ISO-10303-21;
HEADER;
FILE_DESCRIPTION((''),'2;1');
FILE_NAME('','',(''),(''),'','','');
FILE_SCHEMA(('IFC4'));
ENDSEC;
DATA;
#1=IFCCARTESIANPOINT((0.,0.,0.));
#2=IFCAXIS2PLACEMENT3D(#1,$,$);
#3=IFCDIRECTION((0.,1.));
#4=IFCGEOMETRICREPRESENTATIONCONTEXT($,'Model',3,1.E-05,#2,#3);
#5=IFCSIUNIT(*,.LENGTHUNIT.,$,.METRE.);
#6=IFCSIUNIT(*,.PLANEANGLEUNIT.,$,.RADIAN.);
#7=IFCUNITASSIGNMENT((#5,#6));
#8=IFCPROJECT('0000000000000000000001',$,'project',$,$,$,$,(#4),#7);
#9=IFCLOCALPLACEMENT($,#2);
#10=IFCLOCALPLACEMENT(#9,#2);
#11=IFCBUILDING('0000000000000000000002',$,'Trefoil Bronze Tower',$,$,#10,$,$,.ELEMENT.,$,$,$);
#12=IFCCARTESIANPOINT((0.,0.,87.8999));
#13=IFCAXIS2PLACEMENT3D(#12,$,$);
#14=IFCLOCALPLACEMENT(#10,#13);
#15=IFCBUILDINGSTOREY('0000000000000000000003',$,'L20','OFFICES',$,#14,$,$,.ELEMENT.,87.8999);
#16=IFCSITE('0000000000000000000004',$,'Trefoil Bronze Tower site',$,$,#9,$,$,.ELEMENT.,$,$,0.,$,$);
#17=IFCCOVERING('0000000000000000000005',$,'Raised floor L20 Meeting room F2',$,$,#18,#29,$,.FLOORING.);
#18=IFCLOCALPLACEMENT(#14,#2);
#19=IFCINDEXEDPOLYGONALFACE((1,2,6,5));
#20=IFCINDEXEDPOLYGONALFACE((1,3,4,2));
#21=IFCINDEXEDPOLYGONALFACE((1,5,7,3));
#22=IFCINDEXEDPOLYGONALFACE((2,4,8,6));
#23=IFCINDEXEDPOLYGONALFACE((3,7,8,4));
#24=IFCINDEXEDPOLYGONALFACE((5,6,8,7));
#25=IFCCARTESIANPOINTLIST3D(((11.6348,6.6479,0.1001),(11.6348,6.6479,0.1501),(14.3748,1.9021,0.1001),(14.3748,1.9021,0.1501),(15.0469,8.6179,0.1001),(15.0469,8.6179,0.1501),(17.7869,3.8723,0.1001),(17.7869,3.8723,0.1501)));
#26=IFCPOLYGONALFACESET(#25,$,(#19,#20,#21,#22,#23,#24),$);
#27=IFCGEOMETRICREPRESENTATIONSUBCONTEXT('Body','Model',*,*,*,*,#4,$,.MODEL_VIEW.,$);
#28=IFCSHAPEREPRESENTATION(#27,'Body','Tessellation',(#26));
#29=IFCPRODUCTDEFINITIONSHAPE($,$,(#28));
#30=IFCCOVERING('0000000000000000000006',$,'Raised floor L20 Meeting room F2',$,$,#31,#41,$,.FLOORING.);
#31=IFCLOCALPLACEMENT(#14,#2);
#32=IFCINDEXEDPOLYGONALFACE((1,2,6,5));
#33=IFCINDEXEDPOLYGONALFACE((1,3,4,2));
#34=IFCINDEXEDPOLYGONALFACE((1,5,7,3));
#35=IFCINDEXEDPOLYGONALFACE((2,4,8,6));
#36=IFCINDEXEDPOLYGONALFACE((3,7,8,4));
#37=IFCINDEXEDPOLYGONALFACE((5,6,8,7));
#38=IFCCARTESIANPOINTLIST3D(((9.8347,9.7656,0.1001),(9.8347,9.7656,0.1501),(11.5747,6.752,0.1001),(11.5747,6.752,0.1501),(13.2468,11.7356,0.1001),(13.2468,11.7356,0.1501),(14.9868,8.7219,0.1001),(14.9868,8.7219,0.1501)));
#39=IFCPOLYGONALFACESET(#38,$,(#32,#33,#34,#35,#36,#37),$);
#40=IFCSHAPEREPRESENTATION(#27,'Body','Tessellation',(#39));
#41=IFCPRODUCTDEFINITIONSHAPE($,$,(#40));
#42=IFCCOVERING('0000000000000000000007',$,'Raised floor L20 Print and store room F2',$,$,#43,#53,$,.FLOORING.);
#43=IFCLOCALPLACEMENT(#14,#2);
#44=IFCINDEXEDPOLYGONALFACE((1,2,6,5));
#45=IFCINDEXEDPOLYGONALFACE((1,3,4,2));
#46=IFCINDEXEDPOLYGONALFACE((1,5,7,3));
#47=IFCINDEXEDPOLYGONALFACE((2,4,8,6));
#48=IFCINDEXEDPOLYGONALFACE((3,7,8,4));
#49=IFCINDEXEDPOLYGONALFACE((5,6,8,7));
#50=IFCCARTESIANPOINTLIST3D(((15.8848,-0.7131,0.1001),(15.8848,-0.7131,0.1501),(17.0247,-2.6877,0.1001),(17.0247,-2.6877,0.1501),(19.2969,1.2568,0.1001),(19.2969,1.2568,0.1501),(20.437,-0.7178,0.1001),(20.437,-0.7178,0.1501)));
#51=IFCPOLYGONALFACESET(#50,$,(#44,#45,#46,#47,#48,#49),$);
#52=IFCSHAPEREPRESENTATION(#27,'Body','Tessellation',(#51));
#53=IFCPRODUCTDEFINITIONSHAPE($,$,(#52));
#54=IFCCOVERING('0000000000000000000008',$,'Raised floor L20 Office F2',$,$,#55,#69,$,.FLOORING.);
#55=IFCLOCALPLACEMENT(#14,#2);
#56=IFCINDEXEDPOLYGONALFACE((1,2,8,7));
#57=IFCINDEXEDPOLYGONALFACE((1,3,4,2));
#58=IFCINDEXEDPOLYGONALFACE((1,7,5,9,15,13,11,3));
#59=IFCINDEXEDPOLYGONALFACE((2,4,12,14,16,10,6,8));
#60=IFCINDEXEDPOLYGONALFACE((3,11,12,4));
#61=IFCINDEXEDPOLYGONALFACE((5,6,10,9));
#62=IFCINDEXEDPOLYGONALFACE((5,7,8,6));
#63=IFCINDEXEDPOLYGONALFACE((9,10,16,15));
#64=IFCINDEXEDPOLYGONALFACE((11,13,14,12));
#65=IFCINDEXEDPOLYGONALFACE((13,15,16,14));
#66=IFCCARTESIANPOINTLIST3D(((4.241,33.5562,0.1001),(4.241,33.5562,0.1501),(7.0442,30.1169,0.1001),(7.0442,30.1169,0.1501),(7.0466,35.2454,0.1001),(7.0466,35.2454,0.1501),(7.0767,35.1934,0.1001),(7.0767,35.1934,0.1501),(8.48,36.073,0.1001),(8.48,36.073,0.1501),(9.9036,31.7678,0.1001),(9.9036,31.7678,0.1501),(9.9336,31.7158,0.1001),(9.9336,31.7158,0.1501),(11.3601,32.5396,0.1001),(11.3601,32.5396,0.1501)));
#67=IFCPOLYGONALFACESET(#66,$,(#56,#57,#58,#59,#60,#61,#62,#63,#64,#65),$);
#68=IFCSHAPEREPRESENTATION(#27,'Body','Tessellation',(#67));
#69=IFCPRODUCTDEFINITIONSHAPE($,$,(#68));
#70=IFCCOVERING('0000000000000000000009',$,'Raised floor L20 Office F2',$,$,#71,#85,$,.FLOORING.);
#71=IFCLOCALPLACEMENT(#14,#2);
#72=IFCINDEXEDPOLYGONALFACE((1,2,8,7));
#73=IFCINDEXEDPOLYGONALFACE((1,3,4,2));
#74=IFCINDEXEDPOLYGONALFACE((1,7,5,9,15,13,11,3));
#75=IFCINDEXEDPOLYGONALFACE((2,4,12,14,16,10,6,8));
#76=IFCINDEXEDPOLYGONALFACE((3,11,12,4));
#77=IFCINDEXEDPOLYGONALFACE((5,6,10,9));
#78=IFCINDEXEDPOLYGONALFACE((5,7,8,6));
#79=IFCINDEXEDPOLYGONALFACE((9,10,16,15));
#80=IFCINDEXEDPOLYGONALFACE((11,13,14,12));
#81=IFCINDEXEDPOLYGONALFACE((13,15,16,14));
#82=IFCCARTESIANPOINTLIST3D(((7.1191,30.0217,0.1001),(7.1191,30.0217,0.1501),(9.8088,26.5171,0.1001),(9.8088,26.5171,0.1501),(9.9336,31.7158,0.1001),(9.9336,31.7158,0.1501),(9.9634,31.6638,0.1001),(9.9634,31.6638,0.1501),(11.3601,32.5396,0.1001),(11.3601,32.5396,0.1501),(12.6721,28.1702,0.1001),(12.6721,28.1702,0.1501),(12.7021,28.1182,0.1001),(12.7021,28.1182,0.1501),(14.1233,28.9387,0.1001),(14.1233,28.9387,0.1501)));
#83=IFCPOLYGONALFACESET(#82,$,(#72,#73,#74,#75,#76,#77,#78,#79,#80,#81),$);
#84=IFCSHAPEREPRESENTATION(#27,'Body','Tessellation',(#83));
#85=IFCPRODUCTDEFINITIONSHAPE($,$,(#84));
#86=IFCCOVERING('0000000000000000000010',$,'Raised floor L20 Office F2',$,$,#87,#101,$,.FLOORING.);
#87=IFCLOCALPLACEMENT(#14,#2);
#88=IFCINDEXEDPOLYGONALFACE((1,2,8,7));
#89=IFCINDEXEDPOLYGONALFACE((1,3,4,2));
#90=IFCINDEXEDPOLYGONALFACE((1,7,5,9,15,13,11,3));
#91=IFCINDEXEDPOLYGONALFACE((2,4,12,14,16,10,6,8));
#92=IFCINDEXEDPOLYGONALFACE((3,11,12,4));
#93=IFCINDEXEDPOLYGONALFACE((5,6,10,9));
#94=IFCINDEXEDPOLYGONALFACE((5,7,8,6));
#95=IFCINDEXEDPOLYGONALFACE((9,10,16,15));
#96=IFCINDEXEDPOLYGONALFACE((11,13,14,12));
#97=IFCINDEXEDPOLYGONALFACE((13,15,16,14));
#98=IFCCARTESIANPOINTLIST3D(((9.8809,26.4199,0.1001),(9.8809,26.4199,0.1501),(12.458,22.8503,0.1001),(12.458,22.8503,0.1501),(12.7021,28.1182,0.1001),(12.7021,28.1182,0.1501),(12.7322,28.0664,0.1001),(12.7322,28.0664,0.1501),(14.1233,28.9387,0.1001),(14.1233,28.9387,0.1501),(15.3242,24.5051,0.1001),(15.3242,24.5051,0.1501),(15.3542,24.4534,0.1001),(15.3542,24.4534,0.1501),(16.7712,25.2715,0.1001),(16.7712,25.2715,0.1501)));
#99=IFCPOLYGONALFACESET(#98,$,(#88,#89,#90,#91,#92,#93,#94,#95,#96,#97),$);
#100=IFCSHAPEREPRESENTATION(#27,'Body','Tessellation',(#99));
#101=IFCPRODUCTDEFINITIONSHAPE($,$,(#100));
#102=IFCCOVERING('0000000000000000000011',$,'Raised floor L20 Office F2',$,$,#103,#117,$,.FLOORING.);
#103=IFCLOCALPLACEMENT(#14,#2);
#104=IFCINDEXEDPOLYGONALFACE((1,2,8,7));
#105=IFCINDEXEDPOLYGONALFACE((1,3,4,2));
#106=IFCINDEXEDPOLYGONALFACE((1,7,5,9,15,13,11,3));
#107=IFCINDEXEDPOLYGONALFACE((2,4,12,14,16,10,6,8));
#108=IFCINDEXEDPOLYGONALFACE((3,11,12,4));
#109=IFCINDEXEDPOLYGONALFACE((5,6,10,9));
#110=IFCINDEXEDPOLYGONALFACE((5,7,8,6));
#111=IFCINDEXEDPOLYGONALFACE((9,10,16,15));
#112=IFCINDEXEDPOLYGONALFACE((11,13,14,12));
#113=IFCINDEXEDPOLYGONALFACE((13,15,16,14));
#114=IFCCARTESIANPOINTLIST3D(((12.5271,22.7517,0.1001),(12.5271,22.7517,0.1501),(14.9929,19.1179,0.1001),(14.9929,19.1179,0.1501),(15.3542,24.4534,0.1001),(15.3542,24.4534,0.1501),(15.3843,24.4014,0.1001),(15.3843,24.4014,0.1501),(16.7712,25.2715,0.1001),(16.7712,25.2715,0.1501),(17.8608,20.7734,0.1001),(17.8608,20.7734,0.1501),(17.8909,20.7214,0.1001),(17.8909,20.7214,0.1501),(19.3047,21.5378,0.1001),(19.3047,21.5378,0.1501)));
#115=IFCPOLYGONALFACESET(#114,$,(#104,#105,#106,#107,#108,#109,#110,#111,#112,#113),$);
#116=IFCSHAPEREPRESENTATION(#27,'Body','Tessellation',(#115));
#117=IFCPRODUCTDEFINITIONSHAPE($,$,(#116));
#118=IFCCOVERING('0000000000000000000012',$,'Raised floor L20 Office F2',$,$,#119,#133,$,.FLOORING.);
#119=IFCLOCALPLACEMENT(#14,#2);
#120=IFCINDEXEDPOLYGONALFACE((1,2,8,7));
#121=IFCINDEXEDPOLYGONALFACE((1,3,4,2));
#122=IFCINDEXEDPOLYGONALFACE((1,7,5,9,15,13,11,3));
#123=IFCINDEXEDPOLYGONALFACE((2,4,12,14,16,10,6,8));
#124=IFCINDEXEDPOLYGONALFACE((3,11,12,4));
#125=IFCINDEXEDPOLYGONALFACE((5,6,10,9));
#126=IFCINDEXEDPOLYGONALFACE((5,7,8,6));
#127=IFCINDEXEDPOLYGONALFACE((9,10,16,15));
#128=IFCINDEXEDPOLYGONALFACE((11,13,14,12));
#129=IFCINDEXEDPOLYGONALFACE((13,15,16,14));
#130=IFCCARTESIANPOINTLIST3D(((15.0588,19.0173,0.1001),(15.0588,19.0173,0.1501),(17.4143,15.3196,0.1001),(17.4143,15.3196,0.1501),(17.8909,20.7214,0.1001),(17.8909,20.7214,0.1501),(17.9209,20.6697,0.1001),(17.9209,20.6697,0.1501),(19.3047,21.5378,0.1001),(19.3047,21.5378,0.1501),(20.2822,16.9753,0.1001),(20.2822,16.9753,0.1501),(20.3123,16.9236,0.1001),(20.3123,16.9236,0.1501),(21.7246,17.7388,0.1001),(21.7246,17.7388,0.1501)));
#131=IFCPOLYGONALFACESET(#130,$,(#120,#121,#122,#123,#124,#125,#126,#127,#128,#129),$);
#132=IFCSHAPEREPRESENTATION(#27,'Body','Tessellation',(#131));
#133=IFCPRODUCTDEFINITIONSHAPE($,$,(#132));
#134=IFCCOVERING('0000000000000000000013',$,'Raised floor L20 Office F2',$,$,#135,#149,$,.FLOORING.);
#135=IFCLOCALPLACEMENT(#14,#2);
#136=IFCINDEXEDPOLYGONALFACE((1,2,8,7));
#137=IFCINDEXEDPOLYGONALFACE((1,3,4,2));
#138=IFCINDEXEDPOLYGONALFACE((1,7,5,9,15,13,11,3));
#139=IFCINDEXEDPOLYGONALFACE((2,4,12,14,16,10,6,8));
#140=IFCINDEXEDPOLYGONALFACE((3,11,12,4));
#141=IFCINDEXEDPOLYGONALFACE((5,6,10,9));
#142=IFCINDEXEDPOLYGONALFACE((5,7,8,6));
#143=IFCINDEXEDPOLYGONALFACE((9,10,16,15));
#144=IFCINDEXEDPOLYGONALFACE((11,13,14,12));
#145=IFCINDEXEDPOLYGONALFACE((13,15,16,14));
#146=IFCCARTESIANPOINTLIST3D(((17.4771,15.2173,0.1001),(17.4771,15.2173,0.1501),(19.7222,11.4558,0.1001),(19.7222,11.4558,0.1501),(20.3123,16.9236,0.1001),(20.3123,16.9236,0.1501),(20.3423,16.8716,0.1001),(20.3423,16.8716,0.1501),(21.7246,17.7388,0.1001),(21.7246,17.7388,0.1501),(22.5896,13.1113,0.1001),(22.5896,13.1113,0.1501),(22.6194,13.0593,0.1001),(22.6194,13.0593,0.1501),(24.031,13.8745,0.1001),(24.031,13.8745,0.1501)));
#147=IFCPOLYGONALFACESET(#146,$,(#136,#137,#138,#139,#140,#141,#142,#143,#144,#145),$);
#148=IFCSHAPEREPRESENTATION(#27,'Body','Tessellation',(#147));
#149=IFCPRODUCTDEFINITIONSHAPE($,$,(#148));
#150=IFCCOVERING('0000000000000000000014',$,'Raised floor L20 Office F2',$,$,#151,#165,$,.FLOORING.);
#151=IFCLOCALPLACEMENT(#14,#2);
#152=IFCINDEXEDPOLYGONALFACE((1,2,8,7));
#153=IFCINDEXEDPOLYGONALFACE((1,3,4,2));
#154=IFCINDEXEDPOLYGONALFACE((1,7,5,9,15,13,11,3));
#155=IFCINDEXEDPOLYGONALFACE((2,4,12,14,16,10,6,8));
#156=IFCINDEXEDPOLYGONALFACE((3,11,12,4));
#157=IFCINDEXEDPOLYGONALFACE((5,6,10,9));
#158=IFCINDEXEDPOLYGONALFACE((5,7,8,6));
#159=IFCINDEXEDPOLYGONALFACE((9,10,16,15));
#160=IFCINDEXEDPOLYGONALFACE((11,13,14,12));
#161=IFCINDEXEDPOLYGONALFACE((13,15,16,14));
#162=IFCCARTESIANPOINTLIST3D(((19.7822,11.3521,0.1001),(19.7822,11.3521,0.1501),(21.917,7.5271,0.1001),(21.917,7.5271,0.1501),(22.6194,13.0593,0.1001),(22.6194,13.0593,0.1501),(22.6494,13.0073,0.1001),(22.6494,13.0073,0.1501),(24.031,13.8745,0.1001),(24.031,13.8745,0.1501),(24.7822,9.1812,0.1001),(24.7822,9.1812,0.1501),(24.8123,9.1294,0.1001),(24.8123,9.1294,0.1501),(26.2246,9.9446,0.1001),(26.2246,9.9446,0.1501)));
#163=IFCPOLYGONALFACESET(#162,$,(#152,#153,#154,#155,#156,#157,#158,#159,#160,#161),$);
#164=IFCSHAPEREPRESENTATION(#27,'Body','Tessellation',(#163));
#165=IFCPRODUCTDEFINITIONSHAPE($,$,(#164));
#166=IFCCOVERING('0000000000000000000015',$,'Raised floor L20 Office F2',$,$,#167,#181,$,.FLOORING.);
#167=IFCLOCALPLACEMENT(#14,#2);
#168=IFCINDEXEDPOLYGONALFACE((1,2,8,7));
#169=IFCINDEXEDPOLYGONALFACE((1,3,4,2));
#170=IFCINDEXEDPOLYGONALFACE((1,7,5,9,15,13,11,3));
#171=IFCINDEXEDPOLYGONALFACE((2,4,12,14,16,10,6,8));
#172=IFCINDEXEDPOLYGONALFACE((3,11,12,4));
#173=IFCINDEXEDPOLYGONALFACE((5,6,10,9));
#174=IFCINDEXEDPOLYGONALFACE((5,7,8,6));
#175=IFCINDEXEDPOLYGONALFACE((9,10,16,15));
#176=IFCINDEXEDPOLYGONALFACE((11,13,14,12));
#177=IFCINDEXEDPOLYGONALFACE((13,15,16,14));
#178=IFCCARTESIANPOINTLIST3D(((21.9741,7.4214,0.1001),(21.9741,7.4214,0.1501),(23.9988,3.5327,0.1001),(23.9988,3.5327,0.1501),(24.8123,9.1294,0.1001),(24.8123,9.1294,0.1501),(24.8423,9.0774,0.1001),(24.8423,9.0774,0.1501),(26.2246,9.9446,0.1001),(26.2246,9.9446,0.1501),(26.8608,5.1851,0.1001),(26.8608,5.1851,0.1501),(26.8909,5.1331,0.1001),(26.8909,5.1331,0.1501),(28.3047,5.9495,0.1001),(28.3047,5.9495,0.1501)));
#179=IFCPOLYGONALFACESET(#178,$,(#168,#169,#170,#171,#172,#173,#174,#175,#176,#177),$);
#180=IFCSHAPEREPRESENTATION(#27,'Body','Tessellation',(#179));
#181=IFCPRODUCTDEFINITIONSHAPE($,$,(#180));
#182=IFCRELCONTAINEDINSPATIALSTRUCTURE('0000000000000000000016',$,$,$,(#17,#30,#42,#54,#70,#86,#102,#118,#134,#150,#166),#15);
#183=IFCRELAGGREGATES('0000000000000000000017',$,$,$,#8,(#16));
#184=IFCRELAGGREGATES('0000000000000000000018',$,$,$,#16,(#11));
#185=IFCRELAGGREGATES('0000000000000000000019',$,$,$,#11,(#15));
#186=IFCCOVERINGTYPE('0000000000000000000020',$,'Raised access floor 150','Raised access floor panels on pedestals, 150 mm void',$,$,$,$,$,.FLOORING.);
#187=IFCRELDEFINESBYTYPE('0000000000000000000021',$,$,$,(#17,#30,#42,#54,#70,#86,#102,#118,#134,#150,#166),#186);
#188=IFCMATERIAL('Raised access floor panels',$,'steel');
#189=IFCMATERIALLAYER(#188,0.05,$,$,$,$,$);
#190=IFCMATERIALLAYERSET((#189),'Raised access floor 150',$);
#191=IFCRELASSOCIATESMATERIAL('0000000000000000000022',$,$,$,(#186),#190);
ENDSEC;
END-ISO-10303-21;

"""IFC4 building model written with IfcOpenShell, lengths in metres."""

from ifc_helpers import new_model, si_unit, direction, frame, origin, place, context, subcontext, project, spatial, polyline, outline, extrude, material, layer, layer_set, type_object, element, save


model = new_model("IFC4")

# Units and contexts
model_context = context("Model", 3, precision=1e-05, world=origin(), true_north=direction((0.0, 1.0)))
body_context = subcontext(model_context, "Body", "Model", "MODEL_VIEW")
ifc_project = project(units=[si_unit("LENGTHUNIT", "METRE"), si_unit("PLANEANGLEUNIT", "RADIAN")], contexts=[model_context])

# Site, building, storey
site_placement = place(None, origin())
site = spatial("IfcSite", under=ifc_project, at=site_placement, Name="Trefoil Bronze Tower site", CompositionType="ELEMENT", RefElevation=0.0)
building_placement = place(site_placement, origin())
building = spatial("IfcBuilding", under=site, at=building_placement, Name="Trefoil Bronze Tower", CompositionType="ELEMENT")
storey_placement = place(building_placement, frame((0.0, 0.0, 87.8999)))
storey = spatial("IfcBuildingStorey", under=building, at=storey_placement, Name="L20", Description="OFFICES", CompositionType="ELEMENT", Elevation=87.8999)

# Coverings
ifc_material_1 = material(Name="Raised access floor panels", Category="steel")
ifc_layer_1 = layer(ifc_material_1, 0.05)
ifc_layer_set_1 = layer_set([ifc_layer_1], Name="Raised access floor 150")
covering_type_1 = type_object("IfcCoveringType", Name="Raised access floor 150", Description="Raised access floor panels on pedestals, 150 mm void", PredefinedType="FLOORING", material=ifc_layer_set_1)
covering_1_placement = place(storey_placement, frame((0.0, 0.0, 0.1001)))
element("IfcCovering", 1, at=covering_1_placement, inside=storey, type_object=covering_type_1, Name="Raised floor L20 Meeting room F2", PredefinedType="FLOORING", context=body_context, shape_type="SweptSolid", body=[
    extrude(outline(polyline([(11.6348, 6.6479), (15.0469, 8.6179), (17.7869, 3.8723), (14.3748, 1.9021), (11.6348, 6.6479)])), origin(), (0.0, 0.0, 1.0), 0.05),
])
covering_2_placement = place(storey_placement, frame((0.0, 0.0, 0.1001)))
element("IfcCovering", 2, at=covering_2_placement, inside=storey, type_object=covering_type_1, Name="Raised floor L20 Meeting room F2", PredefinedType="FLOORING", context=body_context, shape_type="SweptSolid", body=[
    extrude(outline(polyline([(9.8347, 9.7656), (13.2468, 11.7356), (14.9868, 8.7219), (11.5747, 6.752), (9.8347, 9.7656)])), origin(), (0.0, 0.0, 1.0), 0.05),
])
covering_3_placement = place(storey_placement, frame((0.0, 0.0, 0.1001)))
element("IfcCovering", 3, at=covering_3_placement, inside=storey, type_object=covering_type_1, Name="Raised floor L20 Print and store room F2", PredefinedType="FLOORING", context=body_context, shape_type="SweptSolid", body=[
    extrude(outline(polyline([(15.8848, -0.7131), (19.2969, 1.2568), (20.437, -0.7178), (17.0247, -2.6877), (15.8848, -0.7131)])), origin(), (0.0, 0.0, 1.0), 0.05),
])
covering_4_placement = place(storey_placement, frame((0.0, 0.0, 0.1001)))
element("IfcCovering", 4, at=covering_4_placement, inside=storey, type_object=covering_type_1, Name="Raised floor L20 Office F2", PredefinedType="FLOORING", context=body_context, shape_type="SweptSolid", body=[
    extrude(outline(polyline([(11.3601, 32.5396), (9.9336, 31.7158), (9.9036, 31.7678), (7.0442, 30.1169), (4.241, 33.5562), (7.0767, 35.1934), (7.0466, 35.2454), (8.48, 36.073), (11.3601, 32.5396)])), origin(), (0.0, 0.0, 1.0), 0.05),
])
covering_5_placement = place(storey_placement, frame((0.0, 0.0, 0.1001)))
element("IfcCovering", 5, at=covering_5_placement, inside=storey, type_object=covering_type_1, Name="Raised floor L20 Office F2", PredefinedType="FLOORING", context=body_context, shape_type="SweptSolid", body=[
    extrude(outline(polyline([(11.3601, 32.5396), (14.1233, 28.9387), (12.7021, 28.1182), (12.6721, 28.1702), (9.8088, 26.5171), (7.1191, 30.0217), (9.9634, 31.6638), (9.9336, 31.7158), (11.3601, 32.5396)])), origin(), (0.0, 0.0, 1.0), 0.05),
])
covering_6_placement = place(storey_placement, frame((0.0, 0.0, 0.1001)))
element("IfcCovering", 6, at=covering_6_placement, inside=storey, type_object=covering_type_1, Name="Raised floor L20 Office F2", PredefinedType="FLOORING", context=body_context, shape_type="SweptSolid", body=[
    extrude(outline(polyline([(16.7712, 25.2715), (15.3542, 24.4534), (15.3242, 24.5051), (12.458, 22.8503), (9.8809, 26.4199), (12.7322, 28.0664), (12.7021, 28.1182), (14.1233, 28.9387), (16.7712, 25.2715)])), origin(), (0.0, 0.0, 1.0), 0.05),
])
covering_7_placement = place(storey_placement, frame((0.0, 0.0, 0.1001)))
element("IfcCovering", 7, at=covering_7_placement, inside=storey, type_object=covering_type_1, Name="Raised floor L20 Office F2", PredefinedType="FLOORING", context=body_context, shape_type="SweptSolid", body=[
    extrude(outline(polyline([(16.7712, 25.2715), (19.3047, 21.5378), (17.8909, 20.7214), (17.8608, 20.7734), (14.9929, 19.1179), (12.5271, 22.7517), (15.3843, 24.4014), (15.3542, 24.4534), (16.7712, 25.2715)])), origin(), (0.0, 0.0, 1.0), 0.05),
])
covering_8_placement = place(storey_placement, frame((0.0, 0.0, 0.1001)))
element("IfcCovering", 8, at=covering_8_placement, inside=storey, type_object=covering_type_1, Name="Raised floor L20 Office F2", PredefinedType="FLOORING", context=body_context, shape_type="SweptSolid", body=[
    extrude(outline(polyline([(21.7246, 17.7388), (20.3123, 16.9236), (20.2822, 16.9753), (17.4143, 15.3196), (15.0588, 19.0173), (17.9209, 20.6697), (17.8909, 20.7214), (19.3047, 21.5378), (21.7246, 17.7388)])), origin(), (0.0, 0.0, 1.0), 0.05),
])
covering_9_placement = place(storey_placement, frame((0.0, 0.0, 0.1001)))
element("IfcCovering", 9, at=covering_9_placement, inside=storey, type_object=covering_type_1, Name="Raised floor L20 Office F2", PredefinedType="FLOORING", context=body_context, shape_type="SweptSolid", body=[
    extrude(outline(polyline([(21.7246, 17.7388), (24.031, 13.8745), (22.6194, 13.0593), (22.5896, 13.1113), (19.7222, 11.4558), (17.4771, 15.2173), (20.3423, 16.8716), (20.3123, 16.9236), (21.7246, 17.7388)])), origin(), (0.0, 0.0, 1.0), 0.05),
])
covering_10_placement = place(storey_placement, frame((0.0, 0.0, 0.1001)))
element("IfcCovering", 10, at=covering_10_placement, inside=storey, type_object=covering_type_1, Name="Raised floor L20 Office F2", PredefinedType="FLOORING", context=body_context, shape_type="SweptSolid", body=[
    extrude(outline(polyline([(24.031, 13.8745), (26.2246, 9.9446), (24.8123, 9.1294), (24.7822, 9.1812), (21.917, 7.5271), (19.7822, 11.3521), (22.6494, 13.0073), (22.6194, 13.0593), (24.031, 13.8745)])), origin(), (0.0, 0.0, 1.0), 0.05),
])
covering_11_placement = place(storey_placement, frame((0.0, 0.0, 0.1001)))
element("IfcCovering", 11, at=covering_11_placement, inside=storey, type_object=covering_type_1, Name="Raised floor L20 Office F2", PredefinedType="FLOORING", context=body_context, shape_type="SweptSolid", body=[
    extrude(outline(polyline([(26.2246, 9.9446), (28.3047, 5.9495), (26.8909, 5.1331), (26.8608, 5.1851), (23.9988, 3.5327), (21.9741, 7.4214), (24.8423, 9.0774), (24.8123, 9.1294), (26.2246, 9.9446)])), origin(), (0.0, 0.0, 1.0), 0.05),
])

save(model, "model.ifc")
